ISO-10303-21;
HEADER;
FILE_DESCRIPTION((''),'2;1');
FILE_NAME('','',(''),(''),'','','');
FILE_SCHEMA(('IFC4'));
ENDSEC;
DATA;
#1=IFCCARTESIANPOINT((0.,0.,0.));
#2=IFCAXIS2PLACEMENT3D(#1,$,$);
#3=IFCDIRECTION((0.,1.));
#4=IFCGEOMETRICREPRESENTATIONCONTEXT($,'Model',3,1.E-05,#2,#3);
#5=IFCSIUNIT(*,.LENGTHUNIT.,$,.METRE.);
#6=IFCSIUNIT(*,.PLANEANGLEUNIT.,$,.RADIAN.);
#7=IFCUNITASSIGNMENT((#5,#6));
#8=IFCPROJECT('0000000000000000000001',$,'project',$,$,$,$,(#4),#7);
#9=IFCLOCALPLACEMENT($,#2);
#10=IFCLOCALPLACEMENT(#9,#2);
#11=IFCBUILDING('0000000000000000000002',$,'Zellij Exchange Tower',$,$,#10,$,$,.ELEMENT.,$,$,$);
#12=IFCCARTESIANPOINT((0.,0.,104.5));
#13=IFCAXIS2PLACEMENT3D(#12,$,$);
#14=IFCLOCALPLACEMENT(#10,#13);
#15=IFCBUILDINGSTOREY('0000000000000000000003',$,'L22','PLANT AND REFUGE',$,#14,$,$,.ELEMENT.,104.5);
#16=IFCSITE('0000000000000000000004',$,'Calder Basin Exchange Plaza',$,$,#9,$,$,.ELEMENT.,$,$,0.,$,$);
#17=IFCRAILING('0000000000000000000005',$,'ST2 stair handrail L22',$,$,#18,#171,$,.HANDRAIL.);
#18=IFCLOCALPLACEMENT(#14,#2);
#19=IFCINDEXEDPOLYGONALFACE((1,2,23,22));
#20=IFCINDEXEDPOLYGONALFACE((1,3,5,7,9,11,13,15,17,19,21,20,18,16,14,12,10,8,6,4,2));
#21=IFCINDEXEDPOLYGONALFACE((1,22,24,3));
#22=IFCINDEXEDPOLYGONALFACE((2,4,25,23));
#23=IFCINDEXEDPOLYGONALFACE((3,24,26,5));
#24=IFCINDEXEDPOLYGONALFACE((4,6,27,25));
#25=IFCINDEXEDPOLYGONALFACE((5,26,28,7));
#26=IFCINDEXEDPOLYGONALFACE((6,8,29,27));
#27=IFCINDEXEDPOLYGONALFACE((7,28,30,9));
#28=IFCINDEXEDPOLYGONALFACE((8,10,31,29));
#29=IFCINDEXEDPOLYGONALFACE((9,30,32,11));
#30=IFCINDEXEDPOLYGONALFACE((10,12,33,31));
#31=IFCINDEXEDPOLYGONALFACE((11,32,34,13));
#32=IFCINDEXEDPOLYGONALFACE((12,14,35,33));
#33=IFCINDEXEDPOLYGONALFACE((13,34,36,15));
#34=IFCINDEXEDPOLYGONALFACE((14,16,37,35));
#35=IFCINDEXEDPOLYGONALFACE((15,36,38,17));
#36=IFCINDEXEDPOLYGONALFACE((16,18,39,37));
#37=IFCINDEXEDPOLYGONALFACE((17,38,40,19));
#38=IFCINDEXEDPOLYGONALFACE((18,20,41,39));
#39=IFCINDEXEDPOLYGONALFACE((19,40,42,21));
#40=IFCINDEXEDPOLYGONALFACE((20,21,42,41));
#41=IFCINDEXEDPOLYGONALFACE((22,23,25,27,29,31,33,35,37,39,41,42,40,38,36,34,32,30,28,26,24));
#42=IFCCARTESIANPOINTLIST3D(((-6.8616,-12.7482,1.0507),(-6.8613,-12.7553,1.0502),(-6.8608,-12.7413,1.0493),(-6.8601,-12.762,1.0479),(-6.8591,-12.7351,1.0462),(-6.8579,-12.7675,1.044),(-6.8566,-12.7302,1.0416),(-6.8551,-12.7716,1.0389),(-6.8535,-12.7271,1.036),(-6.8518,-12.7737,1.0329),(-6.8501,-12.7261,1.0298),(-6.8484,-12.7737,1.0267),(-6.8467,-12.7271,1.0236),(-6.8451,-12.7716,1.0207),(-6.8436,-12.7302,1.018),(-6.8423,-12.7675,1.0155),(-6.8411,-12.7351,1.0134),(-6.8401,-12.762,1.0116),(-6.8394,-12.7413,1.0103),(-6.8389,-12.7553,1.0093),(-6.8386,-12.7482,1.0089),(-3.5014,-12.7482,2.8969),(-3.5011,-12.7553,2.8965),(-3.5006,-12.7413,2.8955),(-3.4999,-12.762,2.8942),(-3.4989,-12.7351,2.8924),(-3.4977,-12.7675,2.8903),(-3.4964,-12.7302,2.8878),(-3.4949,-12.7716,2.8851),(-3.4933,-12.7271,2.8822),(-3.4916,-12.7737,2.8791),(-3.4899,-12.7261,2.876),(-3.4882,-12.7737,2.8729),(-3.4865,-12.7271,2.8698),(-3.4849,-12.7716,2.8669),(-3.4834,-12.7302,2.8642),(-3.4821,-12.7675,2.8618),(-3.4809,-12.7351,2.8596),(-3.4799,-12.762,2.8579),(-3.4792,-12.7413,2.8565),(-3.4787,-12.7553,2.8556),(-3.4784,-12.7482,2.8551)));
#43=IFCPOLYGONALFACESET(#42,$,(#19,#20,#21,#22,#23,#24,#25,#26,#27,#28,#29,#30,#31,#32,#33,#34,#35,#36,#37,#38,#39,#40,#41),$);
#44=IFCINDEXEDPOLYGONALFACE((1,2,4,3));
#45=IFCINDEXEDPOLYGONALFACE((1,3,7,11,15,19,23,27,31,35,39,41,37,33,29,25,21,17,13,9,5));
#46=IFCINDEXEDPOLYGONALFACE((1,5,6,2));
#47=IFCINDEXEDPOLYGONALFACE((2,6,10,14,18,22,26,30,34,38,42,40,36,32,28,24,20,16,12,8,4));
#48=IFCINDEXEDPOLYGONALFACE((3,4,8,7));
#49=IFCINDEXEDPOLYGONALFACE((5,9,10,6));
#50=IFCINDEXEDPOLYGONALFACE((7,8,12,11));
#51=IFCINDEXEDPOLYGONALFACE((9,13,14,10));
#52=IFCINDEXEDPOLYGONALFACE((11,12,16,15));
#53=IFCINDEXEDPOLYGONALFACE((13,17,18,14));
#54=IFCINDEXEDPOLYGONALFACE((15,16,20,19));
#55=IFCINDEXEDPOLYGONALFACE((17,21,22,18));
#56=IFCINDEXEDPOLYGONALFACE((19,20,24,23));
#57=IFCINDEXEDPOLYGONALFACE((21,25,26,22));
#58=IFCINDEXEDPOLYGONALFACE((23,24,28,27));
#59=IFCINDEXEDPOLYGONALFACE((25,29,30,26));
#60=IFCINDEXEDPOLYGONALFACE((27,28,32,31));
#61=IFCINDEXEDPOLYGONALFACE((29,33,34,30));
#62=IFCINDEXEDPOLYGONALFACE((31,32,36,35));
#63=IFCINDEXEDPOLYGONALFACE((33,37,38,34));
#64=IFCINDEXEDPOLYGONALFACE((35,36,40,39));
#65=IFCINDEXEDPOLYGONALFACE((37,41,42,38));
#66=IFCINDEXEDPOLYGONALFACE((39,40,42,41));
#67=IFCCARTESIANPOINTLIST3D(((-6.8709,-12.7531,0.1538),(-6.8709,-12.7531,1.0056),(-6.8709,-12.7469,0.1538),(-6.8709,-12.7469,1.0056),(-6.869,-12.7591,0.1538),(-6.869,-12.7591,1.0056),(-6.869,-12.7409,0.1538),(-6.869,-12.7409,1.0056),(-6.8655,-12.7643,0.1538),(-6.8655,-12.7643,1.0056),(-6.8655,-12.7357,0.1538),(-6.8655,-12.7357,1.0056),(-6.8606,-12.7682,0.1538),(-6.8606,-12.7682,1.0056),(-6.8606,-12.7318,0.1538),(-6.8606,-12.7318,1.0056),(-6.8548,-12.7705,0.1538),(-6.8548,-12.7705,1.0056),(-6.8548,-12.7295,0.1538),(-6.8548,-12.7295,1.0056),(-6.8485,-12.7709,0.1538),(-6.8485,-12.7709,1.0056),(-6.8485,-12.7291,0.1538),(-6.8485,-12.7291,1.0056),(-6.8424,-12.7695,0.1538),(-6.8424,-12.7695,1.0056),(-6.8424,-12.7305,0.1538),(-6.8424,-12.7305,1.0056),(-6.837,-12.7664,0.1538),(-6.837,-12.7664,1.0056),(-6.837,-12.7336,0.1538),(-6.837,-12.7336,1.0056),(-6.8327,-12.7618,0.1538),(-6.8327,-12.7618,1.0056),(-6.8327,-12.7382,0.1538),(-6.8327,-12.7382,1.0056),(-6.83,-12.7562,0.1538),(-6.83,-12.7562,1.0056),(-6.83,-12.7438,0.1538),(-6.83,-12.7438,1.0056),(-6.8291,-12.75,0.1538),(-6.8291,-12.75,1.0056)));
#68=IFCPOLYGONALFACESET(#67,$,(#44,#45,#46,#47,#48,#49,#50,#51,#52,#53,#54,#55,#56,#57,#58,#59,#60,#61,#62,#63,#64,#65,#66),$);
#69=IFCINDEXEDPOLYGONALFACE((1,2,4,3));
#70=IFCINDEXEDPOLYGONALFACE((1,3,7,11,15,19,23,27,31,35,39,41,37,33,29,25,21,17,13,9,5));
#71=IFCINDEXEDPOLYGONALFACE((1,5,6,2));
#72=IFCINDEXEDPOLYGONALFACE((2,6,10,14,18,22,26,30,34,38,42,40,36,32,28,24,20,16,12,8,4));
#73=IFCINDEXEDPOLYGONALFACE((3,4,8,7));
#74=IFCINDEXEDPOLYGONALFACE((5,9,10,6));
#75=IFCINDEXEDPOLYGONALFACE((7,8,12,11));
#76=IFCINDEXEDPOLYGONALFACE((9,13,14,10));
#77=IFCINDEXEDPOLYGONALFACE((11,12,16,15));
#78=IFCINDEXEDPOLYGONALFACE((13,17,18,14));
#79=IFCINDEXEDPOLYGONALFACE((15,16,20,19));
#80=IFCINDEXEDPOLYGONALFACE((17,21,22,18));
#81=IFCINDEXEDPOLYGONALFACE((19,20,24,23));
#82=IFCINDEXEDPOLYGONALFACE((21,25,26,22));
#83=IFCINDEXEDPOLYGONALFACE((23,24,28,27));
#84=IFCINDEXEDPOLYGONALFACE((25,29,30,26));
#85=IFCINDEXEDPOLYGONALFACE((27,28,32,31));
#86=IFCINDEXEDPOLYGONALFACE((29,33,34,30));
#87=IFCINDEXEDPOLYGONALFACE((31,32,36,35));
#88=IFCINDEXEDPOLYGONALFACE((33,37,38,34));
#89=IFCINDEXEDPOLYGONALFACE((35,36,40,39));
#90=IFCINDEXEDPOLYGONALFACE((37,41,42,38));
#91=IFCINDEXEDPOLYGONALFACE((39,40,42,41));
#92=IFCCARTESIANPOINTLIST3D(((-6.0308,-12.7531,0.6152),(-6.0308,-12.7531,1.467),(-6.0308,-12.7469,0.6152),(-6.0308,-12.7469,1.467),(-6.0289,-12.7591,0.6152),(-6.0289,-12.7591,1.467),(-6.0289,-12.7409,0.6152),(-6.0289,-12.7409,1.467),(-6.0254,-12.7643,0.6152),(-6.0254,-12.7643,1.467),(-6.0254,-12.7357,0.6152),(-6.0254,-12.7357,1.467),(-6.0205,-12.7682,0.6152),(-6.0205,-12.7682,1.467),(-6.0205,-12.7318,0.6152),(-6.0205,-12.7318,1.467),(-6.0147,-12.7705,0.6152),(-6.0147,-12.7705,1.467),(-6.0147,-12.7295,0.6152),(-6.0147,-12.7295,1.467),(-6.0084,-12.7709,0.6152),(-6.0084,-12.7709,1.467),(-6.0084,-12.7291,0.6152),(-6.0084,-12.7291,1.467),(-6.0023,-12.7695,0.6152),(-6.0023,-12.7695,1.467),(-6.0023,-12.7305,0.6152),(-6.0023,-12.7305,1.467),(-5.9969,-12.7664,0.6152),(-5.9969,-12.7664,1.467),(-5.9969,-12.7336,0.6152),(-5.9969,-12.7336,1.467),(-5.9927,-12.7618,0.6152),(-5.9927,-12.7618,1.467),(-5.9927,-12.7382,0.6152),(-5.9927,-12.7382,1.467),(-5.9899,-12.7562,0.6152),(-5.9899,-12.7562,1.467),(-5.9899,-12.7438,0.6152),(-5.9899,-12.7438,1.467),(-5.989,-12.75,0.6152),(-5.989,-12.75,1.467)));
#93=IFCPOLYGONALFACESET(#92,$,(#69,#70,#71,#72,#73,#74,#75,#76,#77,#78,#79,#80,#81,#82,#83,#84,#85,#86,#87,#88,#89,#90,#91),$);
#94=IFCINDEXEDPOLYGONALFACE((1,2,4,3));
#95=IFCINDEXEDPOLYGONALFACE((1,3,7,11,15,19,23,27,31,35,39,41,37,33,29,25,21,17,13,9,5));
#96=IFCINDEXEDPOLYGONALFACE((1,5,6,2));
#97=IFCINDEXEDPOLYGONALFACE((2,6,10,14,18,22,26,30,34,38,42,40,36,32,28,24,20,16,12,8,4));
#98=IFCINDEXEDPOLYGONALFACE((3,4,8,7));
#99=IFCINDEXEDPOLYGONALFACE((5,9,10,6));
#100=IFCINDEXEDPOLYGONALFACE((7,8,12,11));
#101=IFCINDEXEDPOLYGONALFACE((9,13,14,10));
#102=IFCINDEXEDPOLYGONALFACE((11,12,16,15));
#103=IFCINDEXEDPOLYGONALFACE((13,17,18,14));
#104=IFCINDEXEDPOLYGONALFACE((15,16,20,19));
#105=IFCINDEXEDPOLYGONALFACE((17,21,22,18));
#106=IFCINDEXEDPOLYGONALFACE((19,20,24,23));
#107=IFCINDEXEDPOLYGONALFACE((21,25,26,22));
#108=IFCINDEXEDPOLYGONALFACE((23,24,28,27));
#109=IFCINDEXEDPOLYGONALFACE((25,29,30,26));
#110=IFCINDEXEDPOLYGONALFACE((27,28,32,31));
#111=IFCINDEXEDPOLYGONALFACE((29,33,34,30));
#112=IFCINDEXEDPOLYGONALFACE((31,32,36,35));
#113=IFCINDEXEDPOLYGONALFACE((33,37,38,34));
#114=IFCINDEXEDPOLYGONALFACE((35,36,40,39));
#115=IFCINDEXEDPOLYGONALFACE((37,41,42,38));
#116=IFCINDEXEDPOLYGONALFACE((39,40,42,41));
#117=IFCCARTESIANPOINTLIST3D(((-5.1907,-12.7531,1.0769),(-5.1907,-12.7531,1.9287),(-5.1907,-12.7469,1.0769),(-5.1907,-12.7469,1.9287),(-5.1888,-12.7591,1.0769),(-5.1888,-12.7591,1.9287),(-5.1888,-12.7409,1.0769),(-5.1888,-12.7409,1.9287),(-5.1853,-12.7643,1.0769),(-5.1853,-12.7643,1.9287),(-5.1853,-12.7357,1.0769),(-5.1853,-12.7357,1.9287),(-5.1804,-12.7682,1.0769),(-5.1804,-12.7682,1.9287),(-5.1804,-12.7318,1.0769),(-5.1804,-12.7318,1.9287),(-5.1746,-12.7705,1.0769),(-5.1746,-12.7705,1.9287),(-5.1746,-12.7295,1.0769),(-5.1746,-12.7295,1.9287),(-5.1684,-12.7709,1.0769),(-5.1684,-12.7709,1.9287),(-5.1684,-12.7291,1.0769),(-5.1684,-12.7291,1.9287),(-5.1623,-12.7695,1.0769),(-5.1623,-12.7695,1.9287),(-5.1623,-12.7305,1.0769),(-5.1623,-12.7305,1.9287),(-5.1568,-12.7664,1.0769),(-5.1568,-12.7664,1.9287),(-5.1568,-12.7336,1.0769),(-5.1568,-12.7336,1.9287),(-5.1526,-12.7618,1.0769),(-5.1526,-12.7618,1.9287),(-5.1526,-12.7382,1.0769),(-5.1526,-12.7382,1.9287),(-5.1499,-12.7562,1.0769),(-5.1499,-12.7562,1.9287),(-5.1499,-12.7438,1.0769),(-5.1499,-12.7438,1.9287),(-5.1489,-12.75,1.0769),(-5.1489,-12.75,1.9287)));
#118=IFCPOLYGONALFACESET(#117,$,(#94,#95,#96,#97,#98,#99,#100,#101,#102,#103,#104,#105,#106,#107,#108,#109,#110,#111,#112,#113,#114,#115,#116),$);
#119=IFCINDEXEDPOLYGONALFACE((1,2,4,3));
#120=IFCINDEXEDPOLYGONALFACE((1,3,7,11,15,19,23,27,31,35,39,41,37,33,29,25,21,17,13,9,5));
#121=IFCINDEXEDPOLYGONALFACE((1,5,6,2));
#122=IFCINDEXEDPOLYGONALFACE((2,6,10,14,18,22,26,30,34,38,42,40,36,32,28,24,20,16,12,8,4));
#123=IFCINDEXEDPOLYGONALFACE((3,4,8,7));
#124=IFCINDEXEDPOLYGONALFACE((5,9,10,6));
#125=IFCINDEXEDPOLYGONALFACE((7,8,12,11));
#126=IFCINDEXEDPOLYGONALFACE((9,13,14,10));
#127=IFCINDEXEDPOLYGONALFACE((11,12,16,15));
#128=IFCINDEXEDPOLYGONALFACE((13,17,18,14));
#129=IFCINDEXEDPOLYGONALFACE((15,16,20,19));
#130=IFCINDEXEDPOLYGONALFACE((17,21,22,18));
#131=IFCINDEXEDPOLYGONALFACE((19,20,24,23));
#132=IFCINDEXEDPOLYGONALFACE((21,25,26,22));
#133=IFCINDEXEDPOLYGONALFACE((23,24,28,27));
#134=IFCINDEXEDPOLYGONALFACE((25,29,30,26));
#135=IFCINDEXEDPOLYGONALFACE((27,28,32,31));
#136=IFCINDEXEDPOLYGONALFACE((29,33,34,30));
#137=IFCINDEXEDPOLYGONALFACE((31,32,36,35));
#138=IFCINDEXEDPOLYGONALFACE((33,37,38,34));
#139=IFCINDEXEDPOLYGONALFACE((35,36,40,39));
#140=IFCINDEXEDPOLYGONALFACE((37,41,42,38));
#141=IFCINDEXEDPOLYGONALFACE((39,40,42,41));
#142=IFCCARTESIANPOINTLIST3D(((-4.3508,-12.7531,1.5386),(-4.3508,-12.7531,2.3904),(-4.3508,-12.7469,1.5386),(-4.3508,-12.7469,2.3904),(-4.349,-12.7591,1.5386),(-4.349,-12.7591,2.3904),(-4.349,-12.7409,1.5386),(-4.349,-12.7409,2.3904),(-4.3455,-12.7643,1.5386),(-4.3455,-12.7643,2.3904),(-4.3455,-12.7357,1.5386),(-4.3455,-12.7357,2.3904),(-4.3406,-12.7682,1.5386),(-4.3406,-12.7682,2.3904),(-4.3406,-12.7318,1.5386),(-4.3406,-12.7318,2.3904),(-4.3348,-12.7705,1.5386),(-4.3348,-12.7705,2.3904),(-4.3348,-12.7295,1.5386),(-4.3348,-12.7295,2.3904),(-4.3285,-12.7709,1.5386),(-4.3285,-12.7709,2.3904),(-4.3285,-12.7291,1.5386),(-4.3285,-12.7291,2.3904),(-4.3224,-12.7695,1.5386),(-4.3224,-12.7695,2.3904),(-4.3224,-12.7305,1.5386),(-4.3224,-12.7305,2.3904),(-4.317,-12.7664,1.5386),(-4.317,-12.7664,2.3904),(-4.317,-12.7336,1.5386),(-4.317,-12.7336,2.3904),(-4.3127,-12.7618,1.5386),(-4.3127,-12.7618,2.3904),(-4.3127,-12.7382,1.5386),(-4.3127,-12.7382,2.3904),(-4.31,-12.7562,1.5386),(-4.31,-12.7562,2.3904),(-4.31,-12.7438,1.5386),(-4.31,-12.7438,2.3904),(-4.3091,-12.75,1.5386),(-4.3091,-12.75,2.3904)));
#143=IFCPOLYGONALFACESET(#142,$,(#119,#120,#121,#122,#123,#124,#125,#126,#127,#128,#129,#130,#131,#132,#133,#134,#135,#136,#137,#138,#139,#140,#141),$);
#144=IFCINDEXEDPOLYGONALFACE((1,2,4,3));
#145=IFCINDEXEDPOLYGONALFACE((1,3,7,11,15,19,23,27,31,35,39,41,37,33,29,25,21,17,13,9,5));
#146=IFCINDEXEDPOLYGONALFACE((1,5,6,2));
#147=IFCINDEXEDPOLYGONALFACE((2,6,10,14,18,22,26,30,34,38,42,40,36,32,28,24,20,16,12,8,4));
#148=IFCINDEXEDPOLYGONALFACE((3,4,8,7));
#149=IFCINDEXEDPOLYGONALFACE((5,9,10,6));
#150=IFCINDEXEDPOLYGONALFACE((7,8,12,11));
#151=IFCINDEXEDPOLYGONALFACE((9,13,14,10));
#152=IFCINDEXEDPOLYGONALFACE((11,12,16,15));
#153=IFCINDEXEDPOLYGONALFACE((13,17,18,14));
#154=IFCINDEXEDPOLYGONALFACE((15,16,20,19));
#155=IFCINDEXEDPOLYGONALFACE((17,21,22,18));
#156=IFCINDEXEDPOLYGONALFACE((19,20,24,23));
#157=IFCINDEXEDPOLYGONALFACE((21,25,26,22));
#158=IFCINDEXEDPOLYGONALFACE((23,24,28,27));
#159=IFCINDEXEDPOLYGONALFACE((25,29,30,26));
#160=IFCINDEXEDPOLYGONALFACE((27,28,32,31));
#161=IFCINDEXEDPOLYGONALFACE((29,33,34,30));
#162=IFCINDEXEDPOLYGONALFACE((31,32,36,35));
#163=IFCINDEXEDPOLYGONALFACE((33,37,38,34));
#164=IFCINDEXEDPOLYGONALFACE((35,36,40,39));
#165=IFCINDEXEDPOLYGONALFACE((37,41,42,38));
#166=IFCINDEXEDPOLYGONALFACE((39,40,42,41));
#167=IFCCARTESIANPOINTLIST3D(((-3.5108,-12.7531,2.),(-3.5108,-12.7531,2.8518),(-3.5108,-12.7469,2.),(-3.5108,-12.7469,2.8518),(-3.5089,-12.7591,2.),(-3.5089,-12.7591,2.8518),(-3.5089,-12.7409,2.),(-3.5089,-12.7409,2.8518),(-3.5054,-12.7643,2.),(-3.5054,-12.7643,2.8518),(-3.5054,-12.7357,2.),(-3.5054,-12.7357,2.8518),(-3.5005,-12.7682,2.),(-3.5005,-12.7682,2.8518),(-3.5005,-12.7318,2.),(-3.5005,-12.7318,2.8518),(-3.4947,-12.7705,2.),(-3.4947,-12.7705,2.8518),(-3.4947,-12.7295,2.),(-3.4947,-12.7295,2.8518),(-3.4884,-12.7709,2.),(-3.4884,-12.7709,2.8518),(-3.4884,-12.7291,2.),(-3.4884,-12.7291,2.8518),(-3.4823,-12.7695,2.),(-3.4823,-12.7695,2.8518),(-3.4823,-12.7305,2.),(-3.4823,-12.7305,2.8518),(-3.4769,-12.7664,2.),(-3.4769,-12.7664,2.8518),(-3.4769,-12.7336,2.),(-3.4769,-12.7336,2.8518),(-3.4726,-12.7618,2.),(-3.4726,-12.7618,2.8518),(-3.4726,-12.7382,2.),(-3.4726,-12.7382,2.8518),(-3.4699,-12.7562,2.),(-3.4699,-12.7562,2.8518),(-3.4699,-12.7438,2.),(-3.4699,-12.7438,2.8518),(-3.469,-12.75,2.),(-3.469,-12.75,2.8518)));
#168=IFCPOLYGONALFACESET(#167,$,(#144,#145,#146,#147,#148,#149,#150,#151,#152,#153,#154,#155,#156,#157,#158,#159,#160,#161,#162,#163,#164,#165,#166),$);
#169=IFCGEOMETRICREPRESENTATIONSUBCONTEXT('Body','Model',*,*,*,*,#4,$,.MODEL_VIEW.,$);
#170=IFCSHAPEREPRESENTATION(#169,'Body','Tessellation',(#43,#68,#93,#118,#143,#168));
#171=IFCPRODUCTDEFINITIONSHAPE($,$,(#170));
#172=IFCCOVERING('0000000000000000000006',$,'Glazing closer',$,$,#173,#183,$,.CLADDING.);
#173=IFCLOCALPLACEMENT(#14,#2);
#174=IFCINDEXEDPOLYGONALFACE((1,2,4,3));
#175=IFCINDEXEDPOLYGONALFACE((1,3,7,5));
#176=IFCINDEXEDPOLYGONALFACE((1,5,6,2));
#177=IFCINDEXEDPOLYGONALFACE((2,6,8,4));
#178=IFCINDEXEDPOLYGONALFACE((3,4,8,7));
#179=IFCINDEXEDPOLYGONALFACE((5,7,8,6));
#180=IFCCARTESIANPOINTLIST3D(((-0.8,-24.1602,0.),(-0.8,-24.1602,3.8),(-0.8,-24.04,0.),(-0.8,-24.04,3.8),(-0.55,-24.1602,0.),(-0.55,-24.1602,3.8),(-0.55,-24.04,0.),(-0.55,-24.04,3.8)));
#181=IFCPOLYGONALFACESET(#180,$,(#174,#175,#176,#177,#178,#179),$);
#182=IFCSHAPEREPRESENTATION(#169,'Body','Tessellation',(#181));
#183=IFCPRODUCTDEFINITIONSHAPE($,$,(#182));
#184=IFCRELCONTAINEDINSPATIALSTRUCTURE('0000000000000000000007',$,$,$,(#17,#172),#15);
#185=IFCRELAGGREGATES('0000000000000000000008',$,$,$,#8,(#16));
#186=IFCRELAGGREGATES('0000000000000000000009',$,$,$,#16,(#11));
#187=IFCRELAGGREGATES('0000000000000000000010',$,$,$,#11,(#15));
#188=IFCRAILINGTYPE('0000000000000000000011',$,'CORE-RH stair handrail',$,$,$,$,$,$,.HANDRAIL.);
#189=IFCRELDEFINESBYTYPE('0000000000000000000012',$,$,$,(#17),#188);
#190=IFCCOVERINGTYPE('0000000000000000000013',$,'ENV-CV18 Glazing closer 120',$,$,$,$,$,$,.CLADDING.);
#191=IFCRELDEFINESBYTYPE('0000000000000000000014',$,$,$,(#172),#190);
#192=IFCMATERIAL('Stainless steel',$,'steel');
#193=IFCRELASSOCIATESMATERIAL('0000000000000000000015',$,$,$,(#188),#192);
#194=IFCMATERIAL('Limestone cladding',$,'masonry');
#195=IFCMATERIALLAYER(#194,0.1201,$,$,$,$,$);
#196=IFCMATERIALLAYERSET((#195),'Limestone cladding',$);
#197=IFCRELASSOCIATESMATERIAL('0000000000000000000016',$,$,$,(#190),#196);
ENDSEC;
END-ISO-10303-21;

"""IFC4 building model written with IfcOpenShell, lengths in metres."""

from ifc_helpers import new_model, si_unit, direction, frame, origin, origin_2d, place, context, subcontext, project, spatial, rectangle, circle, extrude, material, layer, layer_set, type_object, element, save


model = new_model("IFC4")

# Units and contexts
model_context = context("Model", 3, precision=1e-05, world=origin(), true_north=direction((0.0, 1.0)))
body_context = subcontext(model_context, "Body", "Model", "MODEL_VIEW")
ifc_project = project(units=[si_unit("LENGTHUNIT", "METRE"), si_unit("PLANEANGLEUNIT", "RADIAN")], contexts=[model_context])

# Site, building, storey
site_placement = place(None, origin())
site = spatial("IfcSite", under=ifc_project, at=site_placement, Name="Calder Basin Exchange Plaza", CompositionType="ELEMENT", RefElevation=0.0)
building_placement = place(site_placement, origin())
building = spatial("IfcBuilding", under=site, at=building_placement, Name="Zellij Exchange Tower", CompositionType="ELEMENT")
storey_placement = place(building_placement, frame((0.0, 0.0, 104.5)))
storey = spatial("IfcBuildingStorey", under=building, at=storey_placement, Name="L22", Description="PLANT AND REFUGE", CompositionType="ELEMENT", Elevation=104.5)

# Railing
ifc_material_1 = material(Name="Stainless steel", Category="steel")
railing_type = type_object("IfcRailingType", Name="CORE-RH stair handrail", PredefinedType="HANDRAIL", material=ifc_material_1)
railing_placement = place(storey_placement, frame((-6.8501, -12.75, 0.1538)))
element("IfcRailing", 1, at=railing_placement, inside=storey, type_object=railing_type, Name="ST2 stair handrail L22", PredefinedType="HANDRAIL", context=body_context, shape_type="SweptSolid", body=[
    extrude(circle(Radius=0.0239, at=origin_2d()), frame((0.0, 0.0, 0.876), z_axis=(0.876422, 0.0, 0.481545), x_axis=(0.0, 1.0, 0.0)), (0.0, 0.0, 1.0), 3.834),
    extrude(circle(Radius=0.021, at=origin_2d()), origin(), (0.0, 0.0, 1.0), 0.8518),
    extrude(circle(Radius=0.021, at=origin_2d()), frame((0.8401, 0.0, 0.4614)), (0.0, 0.0, 1.0), 0.8518),
    extrude(circle(Radius=0.021, at=origin_2d()), frame((1.6802, 0.0, 0.9231)), (0.0, 0.0, 1.0), 0.8518),
    extrude(circle(Radius=0.021, at=origin_2d()), frame((2.52, 0.0, 1.3848)), (0.0, 0.0, 1.0), 0.8518),
    extrude(circle(Radius=0.021, at=origin_2d()), frame((3.3601, 0.0, 1.8462)), (0.0, 0.0, 1.0), 0.8518),
])

# Covering
ifc_material_2 = material(Name="Limestone cladding", Category="masonry")
ifc_layer_1 = layer(ifc_material_2, 0.1201)
ifc_layer_set_1 = layer_set([ifc_layer_1], Name="Limestone cladding")
covering_type = type_object("IfcCoveringType", Name="ENV-CV18 Glazing closer 120", PredefinedType="CLADDING", material=ifc_layer_set_1)
covering_placement = place(storey_placement, frame((-0.675, -24.1001, 0.0), z_axis=(0.0, 0.0, 1.0), x_axis=(1.0, 0.0, 0.0)))
element("IfcCovering", 2, at=covering_placement, inside=storey, type_object=covering_type, Name="Glazing closer", PredefinedType="CLADDING", context=body_context, shape_type="SweptSolid", body=[
    extrude(rectangle(XDim=0.25, YDim=0.1201, at=origin_2d()), origin(), (0.0, 0.0, 1.0), 3.8),
])

save(model, "model.ifc")
